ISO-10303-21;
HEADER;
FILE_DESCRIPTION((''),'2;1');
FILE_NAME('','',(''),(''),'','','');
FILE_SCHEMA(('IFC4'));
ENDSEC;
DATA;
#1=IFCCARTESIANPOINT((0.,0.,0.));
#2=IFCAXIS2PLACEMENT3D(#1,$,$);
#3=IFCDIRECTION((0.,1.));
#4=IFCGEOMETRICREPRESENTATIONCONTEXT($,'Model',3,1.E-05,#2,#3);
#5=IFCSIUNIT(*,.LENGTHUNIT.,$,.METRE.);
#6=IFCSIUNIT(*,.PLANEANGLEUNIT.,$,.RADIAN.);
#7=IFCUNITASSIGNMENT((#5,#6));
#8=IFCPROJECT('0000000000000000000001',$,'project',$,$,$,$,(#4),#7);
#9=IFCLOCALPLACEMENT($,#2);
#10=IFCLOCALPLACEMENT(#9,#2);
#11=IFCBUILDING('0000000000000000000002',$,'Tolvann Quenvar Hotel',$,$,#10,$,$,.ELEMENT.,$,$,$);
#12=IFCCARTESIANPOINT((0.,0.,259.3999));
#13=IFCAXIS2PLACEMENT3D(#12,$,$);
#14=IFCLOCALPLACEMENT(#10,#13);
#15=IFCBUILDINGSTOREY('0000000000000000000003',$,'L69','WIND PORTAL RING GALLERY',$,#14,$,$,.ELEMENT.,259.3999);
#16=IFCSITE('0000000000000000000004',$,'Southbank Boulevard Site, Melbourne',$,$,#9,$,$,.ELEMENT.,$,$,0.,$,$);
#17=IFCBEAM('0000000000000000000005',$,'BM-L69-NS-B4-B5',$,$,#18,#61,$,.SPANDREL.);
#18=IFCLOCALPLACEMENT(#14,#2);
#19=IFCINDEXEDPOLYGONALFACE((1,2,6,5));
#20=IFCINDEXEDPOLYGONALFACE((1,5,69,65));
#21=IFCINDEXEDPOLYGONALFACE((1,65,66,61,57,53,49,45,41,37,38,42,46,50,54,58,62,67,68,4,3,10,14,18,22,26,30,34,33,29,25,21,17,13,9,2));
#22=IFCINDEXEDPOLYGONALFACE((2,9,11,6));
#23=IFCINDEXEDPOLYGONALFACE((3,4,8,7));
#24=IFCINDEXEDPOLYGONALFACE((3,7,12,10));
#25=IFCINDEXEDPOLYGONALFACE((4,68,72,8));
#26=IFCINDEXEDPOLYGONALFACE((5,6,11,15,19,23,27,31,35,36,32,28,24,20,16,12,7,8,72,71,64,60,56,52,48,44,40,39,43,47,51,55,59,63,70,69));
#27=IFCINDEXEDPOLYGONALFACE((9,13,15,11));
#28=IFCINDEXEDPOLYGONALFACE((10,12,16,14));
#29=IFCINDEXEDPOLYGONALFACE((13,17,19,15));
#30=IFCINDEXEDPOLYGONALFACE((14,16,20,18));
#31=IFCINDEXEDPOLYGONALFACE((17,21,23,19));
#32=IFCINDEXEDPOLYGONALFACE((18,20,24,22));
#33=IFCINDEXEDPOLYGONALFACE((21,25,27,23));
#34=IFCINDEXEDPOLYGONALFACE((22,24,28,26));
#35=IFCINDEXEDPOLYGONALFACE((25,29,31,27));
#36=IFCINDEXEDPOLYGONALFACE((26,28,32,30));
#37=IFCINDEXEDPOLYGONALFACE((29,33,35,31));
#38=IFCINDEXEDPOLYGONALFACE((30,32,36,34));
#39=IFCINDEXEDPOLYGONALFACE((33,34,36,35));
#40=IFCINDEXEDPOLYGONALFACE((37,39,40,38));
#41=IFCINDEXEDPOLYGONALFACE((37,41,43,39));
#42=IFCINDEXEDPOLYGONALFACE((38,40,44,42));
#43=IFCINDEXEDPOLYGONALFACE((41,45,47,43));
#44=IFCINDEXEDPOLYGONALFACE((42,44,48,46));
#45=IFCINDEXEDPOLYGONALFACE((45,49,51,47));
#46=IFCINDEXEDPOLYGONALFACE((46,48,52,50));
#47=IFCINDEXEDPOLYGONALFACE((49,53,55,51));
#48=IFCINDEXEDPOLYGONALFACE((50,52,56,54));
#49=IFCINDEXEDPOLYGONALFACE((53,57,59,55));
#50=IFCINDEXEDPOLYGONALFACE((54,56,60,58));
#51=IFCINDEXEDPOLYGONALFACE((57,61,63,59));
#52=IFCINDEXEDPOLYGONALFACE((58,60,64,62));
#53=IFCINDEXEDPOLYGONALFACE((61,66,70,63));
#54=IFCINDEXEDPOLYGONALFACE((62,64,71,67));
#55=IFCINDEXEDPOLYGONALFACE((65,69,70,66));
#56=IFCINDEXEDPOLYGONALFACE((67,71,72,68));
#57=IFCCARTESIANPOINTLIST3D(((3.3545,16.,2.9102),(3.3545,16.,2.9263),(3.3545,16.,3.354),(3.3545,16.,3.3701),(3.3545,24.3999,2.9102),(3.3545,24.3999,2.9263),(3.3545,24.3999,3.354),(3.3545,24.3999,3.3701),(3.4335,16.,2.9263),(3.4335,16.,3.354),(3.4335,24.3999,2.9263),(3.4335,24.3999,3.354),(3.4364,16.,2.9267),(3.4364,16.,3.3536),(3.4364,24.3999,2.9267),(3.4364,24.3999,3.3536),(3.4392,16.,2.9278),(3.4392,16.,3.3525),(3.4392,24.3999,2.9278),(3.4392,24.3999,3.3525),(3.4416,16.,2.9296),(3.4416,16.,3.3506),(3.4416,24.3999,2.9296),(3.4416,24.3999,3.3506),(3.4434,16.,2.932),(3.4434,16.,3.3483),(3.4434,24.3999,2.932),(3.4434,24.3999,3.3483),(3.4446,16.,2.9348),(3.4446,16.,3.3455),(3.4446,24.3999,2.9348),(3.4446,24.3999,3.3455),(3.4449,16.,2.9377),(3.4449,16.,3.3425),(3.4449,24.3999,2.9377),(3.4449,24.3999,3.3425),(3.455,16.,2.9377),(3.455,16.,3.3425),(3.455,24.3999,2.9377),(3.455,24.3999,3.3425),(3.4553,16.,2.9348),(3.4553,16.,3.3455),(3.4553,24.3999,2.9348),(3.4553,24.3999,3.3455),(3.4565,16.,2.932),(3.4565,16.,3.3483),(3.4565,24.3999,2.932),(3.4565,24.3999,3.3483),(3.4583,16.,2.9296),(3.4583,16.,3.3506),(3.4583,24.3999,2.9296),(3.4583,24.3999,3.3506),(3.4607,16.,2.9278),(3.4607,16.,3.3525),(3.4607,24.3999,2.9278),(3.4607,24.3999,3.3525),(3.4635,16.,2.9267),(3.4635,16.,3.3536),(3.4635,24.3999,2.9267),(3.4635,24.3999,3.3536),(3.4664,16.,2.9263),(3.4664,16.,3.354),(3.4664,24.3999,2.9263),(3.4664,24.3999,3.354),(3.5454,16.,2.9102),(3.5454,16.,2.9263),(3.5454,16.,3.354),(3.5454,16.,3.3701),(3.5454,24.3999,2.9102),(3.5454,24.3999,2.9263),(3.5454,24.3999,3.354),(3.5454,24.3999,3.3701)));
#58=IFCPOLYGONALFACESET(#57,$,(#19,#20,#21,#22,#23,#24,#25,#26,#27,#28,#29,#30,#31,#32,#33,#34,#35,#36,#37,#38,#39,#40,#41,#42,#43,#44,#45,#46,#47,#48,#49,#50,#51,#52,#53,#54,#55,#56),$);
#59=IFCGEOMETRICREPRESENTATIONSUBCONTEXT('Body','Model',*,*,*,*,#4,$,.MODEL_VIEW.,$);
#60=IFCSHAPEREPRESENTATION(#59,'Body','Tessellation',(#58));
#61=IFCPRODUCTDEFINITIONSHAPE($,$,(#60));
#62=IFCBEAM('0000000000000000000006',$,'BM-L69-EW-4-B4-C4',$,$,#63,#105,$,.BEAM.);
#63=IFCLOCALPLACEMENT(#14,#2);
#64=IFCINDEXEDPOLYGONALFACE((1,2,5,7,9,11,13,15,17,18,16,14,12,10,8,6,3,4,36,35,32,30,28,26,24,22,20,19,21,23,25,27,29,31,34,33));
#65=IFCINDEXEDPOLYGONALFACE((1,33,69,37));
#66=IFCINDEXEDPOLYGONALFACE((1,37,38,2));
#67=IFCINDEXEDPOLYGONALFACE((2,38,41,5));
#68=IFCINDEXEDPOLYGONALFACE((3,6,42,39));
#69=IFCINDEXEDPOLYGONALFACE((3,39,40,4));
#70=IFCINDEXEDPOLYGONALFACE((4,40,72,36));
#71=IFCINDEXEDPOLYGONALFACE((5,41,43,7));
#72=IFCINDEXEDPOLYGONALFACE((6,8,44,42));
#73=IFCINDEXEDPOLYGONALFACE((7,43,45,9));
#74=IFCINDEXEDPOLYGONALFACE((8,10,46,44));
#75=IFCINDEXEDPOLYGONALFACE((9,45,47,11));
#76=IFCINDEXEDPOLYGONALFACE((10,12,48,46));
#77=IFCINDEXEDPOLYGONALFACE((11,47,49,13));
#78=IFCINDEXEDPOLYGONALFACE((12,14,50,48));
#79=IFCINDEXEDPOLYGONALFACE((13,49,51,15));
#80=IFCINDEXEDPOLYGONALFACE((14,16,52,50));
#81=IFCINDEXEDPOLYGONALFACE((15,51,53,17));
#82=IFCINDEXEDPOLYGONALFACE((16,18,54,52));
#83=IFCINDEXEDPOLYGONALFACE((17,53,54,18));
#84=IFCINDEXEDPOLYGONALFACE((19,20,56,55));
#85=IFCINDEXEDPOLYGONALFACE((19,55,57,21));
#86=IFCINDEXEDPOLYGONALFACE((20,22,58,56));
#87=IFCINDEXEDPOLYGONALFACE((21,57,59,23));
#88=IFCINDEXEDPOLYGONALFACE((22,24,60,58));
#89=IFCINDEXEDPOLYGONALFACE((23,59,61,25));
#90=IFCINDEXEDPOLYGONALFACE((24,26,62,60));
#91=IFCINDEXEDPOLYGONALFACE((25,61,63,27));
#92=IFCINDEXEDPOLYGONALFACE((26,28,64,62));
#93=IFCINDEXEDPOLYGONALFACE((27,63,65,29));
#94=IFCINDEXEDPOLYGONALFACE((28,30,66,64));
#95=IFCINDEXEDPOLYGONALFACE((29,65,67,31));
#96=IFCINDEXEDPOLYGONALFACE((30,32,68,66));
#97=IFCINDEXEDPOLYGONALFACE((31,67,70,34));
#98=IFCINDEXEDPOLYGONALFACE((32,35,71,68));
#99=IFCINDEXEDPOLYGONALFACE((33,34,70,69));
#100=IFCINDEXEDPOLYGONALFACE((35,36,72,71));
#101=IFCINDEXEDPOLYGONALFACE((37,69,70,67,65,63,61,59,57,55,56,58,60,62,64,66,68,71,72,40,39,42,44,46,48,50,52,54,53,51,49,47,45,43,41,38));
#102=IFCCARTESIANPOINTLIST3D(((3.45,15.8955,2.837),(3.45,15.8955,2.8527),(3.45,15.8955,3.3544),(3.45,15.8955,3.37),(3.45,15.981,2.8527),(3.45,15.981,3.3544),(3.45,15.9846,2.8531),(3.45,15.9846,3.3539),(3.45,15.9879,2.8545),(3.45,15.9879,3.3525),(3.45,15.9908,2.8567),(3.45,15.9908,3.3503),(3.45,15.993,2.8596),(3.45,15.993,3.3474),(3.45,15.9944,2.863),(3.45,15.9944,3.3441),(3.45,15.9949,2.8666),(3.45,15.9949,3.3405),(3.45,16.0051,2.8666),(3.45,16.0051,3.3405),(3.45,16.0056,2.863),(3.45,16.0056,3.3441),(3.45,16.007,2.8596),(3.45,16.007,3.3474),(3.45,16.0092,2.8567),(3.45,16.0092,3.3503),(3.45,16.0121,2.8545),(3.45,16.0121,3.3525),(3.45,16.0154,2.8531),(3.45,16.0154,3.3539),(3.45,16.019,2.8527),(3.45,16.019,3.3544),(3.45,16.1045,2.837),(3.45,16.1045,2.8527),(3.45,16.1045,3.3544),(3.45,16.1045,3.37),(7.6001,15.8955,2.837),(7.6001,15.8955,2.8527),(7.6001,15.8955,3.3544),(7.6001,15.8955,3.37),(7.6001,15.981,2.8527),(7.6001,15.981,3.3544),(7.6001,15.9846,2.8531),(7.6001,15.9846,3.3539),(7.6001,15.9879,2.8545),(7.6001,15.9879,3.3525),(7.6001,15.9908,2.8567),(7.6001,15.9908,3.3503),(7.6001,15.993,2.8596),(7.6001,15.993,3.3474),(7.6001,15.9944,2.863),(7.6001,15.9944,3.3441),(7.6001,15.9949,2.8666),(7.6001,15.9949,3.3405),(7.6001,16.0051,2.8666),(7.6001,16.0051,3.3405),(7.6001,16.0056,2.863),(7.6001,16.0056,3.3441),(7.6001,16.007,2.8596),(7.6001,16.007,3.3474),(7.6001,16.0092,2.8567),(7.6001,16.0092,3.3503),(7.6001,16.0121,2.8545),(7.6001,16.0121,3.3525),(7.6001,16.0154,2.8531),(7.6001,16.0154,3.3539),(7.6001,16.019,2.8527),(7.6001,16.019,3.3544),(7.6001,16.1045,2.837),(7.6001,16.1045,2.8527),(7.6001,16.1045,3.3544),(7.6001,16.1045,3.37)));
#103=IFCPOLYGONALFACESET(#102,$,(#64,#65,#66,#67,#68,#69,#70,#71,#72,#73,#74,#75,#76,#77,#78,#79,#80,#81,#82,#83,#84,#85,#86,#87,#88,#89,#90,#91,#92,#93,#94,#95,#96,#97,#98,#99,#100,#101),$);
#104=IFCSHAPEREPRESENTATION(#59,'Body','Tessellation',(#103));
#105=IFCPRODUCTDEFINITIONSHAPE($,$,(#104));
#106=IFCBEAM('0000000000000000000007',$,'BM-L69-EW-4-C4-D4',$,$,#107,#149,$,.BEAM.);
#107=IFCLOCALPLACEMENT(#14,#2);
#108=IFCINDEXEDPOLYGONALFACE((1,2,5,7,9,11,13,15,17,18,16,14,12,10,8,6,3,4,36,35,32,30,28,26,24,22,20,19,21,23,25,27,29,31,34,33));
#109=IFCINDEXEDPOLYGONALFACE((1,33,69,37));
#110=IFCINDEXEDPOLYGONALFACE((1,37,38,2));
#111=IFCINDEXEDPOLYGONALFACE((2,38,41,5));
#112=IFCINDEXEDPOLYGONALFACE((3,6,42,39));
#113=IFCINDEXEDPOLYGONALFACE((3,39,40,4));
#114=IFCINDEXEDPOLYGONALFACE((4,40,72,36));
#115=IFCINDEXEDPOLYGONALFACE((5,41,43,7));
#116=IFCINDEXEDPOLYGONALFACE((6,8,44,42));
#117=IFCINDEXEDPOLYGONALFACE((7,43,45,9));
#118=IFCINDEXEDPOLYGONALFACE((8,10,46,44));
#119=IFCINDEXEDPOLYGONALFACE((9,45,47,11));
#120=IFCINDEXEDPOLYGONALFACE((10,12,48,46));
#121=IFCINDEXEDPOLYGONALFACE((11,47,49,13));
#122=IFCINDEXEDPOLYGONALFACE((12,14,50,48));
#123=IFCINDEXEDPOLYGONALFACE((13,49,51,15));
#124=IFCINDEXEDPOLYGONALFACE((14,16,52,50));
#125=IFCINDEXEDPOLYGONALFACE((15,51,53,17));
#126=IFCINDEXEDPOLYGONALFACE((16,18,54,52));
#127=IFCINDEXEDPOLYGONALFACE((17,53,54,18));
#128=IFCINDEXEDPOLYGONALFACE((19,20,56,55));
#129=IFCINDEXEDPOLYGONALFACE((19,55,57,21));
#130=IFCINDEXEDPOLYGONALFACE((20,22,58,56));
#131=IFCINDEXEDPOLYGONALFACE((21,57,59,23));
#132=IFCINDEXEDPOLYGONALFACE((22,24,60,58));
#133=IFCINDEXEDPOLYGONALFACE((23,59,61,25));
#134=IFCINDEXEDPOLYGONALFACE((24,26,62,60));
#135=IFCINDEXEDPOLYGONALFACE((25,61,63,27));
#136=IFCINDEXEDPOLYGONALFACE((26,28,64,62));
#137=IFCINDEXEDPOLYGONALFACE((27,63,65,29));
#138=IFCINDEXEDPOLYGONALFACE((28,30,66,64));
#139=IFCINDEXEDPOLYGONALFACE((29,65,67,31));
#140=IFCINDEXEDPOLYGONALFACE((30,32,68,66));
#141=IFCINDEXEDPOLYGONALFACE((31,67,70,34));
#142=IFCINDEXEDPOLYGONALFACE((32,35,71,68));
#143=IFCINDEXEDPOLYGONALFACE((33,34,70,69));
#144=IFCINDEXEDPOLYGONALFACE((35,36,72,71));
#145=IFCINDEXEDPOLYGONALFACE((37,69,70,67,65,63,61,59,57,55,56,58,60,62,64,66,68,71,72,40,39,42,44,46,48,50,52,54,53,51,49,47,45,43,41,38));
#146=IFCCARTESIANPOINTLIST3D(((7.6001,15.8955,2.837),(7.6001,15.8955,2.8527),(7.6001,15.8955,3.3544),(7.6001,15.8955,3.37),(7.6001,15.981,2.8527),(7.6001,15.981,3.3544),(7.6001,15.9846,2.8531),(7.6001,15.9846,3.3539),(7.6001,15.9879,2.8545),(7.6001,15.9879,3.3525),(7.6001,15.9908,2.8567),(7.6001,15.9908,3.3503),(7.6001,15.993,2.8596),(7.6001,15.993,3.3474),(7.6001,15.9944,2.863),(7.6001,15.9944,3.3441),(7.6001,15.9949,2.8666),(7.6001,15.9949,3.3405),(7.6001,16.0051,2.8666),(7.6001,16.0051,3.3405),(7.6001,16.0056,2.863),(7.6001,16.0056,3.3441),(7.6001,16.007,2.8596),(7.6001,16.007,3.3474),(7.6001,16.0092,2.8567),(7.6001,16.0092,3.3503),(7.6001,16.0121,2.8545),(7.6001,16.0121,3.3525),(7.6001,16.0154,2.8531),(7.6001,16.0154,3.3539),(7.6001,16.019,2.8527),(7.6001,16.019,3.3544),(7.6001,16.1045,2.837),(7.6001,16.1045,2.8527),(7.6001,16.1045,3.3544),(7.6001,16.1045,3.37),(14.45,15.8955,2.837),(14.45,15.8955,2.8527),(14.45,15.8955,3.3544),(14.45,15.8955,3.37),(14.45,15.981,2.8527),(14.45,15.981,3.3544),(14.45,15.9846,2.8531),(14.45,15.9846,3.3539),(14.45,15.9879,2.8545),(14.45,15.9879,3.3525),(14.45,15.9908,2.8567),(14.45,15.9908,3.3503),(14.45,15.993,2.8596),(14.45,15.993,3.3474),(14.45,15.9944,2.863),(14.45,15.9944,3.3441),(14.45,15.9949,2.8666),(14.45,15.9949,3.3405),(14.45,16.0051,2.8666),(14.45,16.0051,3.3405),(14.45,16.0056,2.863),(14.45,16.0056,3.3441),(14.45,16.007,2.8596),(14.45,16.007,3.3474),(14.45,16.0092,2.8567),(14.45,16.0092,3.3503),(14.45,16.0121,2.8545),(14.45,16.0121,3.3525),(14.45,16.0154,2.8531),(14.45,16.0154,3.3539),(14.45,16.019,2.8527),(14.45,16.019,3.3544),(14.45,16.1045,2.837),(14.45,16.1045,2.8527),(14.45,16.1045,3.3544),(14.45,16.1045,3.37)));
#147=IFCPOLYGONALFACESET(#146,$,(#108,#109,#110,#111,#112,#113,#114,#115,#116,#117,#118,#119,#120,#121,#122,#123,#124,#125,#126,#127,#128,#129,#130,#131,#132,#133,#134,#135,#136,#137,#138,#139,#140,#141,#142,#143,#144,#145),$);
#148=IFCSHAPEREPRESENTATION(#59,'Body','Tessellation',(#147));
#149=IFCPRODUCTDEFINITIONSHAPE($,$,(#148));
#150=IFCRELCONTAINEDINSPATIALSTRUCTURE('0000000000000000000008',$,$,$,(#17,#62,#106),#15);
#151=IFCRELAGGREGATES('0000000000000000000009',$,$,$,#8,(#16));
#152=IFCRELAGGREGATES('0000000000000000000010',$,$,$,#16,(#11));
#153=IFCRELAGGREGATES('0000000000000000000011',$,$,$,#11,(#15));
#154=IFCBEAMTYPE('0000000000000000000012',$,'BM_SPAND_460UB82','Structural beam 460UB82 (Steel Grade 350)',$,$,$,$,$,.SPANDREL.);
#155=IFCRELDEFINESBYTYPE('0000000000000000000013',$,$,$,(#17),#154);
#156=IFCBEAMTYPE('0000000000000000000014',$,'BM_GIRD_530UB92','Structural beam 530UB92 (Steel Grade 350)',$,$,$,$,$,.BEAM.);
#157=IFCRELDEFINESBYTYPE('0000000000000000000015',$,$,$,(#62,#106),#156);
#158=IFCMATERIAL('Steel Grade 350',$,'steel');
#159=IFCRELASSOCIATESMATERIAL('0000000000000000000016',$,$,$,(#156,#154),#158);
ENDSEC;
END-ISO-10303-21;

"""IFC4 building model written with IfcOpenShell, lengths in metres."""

from ifc_helpers import new_model, si_unit, direction, frame, origin, origin_2d, place, context, subcontext, project, spatial, i_section, extrude, source, transform, mapped, material, material_profile, profile_set, type_object, type_shapes, element, save


model = new_model("IFC4")

# Units and contexts
model_context = context("Model", 3, precision=1e-05, world=origin(), true_north=direction((0.0, 1.0)))
body_context = subcontext(model_context, "Body", "Model", "MODEL_VIEW")
ifc_project = project(units=[si_unit("LENGTHUNIT", "METRE"), si_unit("PLANEANGLEUNIT", "RADIAN")], contexts=[model_context])

# Site, building, storey
site_placement = place(None, origin())
site = spatial("IfcSite", under=ifc_project, at=site_placement, Name="Southbank Boulevard Site, Melbourne", CompositionType="ELEMENT", RefElevation=0.0)
building_placement = place(site_placement, origin())
building = spatial("IfcBuilding", under=site, at=building_placement, Name="Tolvann Quenvar Hotel", CompositionType="ELEMENT")
storey_placement = place(building_placement, frame((0.0, 0.0, 259.3999)))
storey = spatial("IfcBuildingStorey", under=building, at=storey_placement, Name="L69", Description="WIND PORTAL RING GALLERY", CompositionType="ELEMENT", Elevation=259.3999)

# Shared definitions
ifc_material_1 = material(Name="Steel Grade 350", Category="steel")

# Beams
ifc_material_profile_1 = material_profile(ifc_material_1, i_section(OverallWidth=0.209, OverallDepth=0.533, WebThickness=0.0103, FlangeThickness=0.0156, FilletRadius=0.0139, at=origin_2d()), Name="530UB92")
ifc_profile_set_1 = profile_set([ifc_material_profile_1], Name="Steel Grade 350")
beam_type_1 = type_object("IfcBeamType", Name="BM_GIRD_530UB92", Description="Structural beam 530UB92 (Steel Grade 350)", PredefinedType="BEAM", material=ifc_profile_set_1)
ifc_material_profile_2 = material_profile(ifc_material_1, i_section(OverallWidth=0.1909, OverallDepth=0.46, WebThickness=0.01, FlangeThickness=0.0161, FilletRadius=0.0115, at=origin_2d()), Name="460UB82")
ifc_profile_set_2 = profile_set([ifc_material_profile_2], Name="Steel Grade 350")
beam_type_2 = type_object("IfcBeamType", Name="BM_SPAND_460UB82", Description="Structural beam 460UB82 (Steel Grade 350)", PredefinedType="SPANDREL", material=ifc_profile_set_2)
shared_shape_1 = source(origin(), body_context, "Body", "SweptSolid", [
    extrude(i_section(OverallWidth=0.1909, OverallDepth=0.46, WebThickness=0.01, FlangeThickness=0.0161, FilletRadius=0.0115, at=origin_2d()), origin(), (0.0, 0.0, 1.0), 8.3999),
])
type_shapes(beam_type_2, [shared_shape_1])
beam_1_placement = place(storey_placement, frame((3.45, 16.0, 3.1401), z_axis=(0.0, 1.0, 0.0), x_axis=(-1.0, 0.0, 0.0)))
element("IfcBeam", 1, at=beam_1_placement, inside=storey, type_object=beam_type_2, Name="BM-L69-NS-B4-B5", PredefinedType="SPANDREL", context=body_context, shape_type="MappedRepresentation", body=[
    mapped(shared_shape_1, transform((0.0, 0.0, 0.0), x_axis=(1.0, 0.0, 0.0), y_axis=(0.0, 1.0, 0.0), z_axis=(0.0, 0.0, 1.0), scale=1.0)),
])
shared_shape_2 = source(origin(), body_context, "Body", "SweptSolid", [
    extrude(i_section(OverallWidth=0.209, OverallDepth=0.533, WebThickness=0.0103, FlangeThickness=0.0156, FilletRadius=0.0139, at=origin_2d()), origin(), (0.0, 0.0, 1.0), 4.1501),
])
beam_2_placement = place(storey_placement, frame((3.45, 16.0, 3.1035), z_axis=(1.0, 0.0, 0.0), x_axis=(0.0, 1.0, 0.0)))
element("IfcBeam", 2, at=beam_2_placement, inside=storey, type_object=beam_type_1, Name="BM-L69-EW-4-B4-C4", PredefinedType="BEAM", context=body_context, shape_type="MappedRepresentation", body=[
    mapped(shared_shape_2, transform((0.0, 0.0, 0.0), x_axis=(1.0, 0.0, 0.0), y_axis=(0.0, 1.0, 0.0), z_axis=(0.0, 0.0, 1.0), scale=1.0)),
])
shared_shape_3 = source(origin(), body_context, "Body", "SweptSolid", [
    extrude(i_section(OverallWidth=0.209, OverallDepth=0.533, WebThickness=0.0103, FlangeThickness=0.0156, FilletRadius=0.0139, at=origin_2d()), origin(), (0.0, 0.0, 1.0), 6.8499),
])
beam_3_placement = place(storey_placement, frame((7.6001, 16.0, 3.1035), z_axis=(1.0, 0.0, 0.0), x_axis=(0.0, 1.0, 0.0)))
element("IfcBeam", 3, at=beam_3_placement, inside=storey, type_object=beam_type_1, Name="BM-L69-EW-4-C4-D4", PredefinedType="BEAM", context=body_context, shape_type="MappedRepresentation", body=[
    mapped(shared_shape_3, transform((0.0, 0.0, 0.0), x_axis=(1.0, 0.0, 0.0), y_axis=(0.0, 1.0, 0.0), z_axis=(0.0, 0.0, 1.0), scale=1.0)),
])

save(model, "model.ifc")
